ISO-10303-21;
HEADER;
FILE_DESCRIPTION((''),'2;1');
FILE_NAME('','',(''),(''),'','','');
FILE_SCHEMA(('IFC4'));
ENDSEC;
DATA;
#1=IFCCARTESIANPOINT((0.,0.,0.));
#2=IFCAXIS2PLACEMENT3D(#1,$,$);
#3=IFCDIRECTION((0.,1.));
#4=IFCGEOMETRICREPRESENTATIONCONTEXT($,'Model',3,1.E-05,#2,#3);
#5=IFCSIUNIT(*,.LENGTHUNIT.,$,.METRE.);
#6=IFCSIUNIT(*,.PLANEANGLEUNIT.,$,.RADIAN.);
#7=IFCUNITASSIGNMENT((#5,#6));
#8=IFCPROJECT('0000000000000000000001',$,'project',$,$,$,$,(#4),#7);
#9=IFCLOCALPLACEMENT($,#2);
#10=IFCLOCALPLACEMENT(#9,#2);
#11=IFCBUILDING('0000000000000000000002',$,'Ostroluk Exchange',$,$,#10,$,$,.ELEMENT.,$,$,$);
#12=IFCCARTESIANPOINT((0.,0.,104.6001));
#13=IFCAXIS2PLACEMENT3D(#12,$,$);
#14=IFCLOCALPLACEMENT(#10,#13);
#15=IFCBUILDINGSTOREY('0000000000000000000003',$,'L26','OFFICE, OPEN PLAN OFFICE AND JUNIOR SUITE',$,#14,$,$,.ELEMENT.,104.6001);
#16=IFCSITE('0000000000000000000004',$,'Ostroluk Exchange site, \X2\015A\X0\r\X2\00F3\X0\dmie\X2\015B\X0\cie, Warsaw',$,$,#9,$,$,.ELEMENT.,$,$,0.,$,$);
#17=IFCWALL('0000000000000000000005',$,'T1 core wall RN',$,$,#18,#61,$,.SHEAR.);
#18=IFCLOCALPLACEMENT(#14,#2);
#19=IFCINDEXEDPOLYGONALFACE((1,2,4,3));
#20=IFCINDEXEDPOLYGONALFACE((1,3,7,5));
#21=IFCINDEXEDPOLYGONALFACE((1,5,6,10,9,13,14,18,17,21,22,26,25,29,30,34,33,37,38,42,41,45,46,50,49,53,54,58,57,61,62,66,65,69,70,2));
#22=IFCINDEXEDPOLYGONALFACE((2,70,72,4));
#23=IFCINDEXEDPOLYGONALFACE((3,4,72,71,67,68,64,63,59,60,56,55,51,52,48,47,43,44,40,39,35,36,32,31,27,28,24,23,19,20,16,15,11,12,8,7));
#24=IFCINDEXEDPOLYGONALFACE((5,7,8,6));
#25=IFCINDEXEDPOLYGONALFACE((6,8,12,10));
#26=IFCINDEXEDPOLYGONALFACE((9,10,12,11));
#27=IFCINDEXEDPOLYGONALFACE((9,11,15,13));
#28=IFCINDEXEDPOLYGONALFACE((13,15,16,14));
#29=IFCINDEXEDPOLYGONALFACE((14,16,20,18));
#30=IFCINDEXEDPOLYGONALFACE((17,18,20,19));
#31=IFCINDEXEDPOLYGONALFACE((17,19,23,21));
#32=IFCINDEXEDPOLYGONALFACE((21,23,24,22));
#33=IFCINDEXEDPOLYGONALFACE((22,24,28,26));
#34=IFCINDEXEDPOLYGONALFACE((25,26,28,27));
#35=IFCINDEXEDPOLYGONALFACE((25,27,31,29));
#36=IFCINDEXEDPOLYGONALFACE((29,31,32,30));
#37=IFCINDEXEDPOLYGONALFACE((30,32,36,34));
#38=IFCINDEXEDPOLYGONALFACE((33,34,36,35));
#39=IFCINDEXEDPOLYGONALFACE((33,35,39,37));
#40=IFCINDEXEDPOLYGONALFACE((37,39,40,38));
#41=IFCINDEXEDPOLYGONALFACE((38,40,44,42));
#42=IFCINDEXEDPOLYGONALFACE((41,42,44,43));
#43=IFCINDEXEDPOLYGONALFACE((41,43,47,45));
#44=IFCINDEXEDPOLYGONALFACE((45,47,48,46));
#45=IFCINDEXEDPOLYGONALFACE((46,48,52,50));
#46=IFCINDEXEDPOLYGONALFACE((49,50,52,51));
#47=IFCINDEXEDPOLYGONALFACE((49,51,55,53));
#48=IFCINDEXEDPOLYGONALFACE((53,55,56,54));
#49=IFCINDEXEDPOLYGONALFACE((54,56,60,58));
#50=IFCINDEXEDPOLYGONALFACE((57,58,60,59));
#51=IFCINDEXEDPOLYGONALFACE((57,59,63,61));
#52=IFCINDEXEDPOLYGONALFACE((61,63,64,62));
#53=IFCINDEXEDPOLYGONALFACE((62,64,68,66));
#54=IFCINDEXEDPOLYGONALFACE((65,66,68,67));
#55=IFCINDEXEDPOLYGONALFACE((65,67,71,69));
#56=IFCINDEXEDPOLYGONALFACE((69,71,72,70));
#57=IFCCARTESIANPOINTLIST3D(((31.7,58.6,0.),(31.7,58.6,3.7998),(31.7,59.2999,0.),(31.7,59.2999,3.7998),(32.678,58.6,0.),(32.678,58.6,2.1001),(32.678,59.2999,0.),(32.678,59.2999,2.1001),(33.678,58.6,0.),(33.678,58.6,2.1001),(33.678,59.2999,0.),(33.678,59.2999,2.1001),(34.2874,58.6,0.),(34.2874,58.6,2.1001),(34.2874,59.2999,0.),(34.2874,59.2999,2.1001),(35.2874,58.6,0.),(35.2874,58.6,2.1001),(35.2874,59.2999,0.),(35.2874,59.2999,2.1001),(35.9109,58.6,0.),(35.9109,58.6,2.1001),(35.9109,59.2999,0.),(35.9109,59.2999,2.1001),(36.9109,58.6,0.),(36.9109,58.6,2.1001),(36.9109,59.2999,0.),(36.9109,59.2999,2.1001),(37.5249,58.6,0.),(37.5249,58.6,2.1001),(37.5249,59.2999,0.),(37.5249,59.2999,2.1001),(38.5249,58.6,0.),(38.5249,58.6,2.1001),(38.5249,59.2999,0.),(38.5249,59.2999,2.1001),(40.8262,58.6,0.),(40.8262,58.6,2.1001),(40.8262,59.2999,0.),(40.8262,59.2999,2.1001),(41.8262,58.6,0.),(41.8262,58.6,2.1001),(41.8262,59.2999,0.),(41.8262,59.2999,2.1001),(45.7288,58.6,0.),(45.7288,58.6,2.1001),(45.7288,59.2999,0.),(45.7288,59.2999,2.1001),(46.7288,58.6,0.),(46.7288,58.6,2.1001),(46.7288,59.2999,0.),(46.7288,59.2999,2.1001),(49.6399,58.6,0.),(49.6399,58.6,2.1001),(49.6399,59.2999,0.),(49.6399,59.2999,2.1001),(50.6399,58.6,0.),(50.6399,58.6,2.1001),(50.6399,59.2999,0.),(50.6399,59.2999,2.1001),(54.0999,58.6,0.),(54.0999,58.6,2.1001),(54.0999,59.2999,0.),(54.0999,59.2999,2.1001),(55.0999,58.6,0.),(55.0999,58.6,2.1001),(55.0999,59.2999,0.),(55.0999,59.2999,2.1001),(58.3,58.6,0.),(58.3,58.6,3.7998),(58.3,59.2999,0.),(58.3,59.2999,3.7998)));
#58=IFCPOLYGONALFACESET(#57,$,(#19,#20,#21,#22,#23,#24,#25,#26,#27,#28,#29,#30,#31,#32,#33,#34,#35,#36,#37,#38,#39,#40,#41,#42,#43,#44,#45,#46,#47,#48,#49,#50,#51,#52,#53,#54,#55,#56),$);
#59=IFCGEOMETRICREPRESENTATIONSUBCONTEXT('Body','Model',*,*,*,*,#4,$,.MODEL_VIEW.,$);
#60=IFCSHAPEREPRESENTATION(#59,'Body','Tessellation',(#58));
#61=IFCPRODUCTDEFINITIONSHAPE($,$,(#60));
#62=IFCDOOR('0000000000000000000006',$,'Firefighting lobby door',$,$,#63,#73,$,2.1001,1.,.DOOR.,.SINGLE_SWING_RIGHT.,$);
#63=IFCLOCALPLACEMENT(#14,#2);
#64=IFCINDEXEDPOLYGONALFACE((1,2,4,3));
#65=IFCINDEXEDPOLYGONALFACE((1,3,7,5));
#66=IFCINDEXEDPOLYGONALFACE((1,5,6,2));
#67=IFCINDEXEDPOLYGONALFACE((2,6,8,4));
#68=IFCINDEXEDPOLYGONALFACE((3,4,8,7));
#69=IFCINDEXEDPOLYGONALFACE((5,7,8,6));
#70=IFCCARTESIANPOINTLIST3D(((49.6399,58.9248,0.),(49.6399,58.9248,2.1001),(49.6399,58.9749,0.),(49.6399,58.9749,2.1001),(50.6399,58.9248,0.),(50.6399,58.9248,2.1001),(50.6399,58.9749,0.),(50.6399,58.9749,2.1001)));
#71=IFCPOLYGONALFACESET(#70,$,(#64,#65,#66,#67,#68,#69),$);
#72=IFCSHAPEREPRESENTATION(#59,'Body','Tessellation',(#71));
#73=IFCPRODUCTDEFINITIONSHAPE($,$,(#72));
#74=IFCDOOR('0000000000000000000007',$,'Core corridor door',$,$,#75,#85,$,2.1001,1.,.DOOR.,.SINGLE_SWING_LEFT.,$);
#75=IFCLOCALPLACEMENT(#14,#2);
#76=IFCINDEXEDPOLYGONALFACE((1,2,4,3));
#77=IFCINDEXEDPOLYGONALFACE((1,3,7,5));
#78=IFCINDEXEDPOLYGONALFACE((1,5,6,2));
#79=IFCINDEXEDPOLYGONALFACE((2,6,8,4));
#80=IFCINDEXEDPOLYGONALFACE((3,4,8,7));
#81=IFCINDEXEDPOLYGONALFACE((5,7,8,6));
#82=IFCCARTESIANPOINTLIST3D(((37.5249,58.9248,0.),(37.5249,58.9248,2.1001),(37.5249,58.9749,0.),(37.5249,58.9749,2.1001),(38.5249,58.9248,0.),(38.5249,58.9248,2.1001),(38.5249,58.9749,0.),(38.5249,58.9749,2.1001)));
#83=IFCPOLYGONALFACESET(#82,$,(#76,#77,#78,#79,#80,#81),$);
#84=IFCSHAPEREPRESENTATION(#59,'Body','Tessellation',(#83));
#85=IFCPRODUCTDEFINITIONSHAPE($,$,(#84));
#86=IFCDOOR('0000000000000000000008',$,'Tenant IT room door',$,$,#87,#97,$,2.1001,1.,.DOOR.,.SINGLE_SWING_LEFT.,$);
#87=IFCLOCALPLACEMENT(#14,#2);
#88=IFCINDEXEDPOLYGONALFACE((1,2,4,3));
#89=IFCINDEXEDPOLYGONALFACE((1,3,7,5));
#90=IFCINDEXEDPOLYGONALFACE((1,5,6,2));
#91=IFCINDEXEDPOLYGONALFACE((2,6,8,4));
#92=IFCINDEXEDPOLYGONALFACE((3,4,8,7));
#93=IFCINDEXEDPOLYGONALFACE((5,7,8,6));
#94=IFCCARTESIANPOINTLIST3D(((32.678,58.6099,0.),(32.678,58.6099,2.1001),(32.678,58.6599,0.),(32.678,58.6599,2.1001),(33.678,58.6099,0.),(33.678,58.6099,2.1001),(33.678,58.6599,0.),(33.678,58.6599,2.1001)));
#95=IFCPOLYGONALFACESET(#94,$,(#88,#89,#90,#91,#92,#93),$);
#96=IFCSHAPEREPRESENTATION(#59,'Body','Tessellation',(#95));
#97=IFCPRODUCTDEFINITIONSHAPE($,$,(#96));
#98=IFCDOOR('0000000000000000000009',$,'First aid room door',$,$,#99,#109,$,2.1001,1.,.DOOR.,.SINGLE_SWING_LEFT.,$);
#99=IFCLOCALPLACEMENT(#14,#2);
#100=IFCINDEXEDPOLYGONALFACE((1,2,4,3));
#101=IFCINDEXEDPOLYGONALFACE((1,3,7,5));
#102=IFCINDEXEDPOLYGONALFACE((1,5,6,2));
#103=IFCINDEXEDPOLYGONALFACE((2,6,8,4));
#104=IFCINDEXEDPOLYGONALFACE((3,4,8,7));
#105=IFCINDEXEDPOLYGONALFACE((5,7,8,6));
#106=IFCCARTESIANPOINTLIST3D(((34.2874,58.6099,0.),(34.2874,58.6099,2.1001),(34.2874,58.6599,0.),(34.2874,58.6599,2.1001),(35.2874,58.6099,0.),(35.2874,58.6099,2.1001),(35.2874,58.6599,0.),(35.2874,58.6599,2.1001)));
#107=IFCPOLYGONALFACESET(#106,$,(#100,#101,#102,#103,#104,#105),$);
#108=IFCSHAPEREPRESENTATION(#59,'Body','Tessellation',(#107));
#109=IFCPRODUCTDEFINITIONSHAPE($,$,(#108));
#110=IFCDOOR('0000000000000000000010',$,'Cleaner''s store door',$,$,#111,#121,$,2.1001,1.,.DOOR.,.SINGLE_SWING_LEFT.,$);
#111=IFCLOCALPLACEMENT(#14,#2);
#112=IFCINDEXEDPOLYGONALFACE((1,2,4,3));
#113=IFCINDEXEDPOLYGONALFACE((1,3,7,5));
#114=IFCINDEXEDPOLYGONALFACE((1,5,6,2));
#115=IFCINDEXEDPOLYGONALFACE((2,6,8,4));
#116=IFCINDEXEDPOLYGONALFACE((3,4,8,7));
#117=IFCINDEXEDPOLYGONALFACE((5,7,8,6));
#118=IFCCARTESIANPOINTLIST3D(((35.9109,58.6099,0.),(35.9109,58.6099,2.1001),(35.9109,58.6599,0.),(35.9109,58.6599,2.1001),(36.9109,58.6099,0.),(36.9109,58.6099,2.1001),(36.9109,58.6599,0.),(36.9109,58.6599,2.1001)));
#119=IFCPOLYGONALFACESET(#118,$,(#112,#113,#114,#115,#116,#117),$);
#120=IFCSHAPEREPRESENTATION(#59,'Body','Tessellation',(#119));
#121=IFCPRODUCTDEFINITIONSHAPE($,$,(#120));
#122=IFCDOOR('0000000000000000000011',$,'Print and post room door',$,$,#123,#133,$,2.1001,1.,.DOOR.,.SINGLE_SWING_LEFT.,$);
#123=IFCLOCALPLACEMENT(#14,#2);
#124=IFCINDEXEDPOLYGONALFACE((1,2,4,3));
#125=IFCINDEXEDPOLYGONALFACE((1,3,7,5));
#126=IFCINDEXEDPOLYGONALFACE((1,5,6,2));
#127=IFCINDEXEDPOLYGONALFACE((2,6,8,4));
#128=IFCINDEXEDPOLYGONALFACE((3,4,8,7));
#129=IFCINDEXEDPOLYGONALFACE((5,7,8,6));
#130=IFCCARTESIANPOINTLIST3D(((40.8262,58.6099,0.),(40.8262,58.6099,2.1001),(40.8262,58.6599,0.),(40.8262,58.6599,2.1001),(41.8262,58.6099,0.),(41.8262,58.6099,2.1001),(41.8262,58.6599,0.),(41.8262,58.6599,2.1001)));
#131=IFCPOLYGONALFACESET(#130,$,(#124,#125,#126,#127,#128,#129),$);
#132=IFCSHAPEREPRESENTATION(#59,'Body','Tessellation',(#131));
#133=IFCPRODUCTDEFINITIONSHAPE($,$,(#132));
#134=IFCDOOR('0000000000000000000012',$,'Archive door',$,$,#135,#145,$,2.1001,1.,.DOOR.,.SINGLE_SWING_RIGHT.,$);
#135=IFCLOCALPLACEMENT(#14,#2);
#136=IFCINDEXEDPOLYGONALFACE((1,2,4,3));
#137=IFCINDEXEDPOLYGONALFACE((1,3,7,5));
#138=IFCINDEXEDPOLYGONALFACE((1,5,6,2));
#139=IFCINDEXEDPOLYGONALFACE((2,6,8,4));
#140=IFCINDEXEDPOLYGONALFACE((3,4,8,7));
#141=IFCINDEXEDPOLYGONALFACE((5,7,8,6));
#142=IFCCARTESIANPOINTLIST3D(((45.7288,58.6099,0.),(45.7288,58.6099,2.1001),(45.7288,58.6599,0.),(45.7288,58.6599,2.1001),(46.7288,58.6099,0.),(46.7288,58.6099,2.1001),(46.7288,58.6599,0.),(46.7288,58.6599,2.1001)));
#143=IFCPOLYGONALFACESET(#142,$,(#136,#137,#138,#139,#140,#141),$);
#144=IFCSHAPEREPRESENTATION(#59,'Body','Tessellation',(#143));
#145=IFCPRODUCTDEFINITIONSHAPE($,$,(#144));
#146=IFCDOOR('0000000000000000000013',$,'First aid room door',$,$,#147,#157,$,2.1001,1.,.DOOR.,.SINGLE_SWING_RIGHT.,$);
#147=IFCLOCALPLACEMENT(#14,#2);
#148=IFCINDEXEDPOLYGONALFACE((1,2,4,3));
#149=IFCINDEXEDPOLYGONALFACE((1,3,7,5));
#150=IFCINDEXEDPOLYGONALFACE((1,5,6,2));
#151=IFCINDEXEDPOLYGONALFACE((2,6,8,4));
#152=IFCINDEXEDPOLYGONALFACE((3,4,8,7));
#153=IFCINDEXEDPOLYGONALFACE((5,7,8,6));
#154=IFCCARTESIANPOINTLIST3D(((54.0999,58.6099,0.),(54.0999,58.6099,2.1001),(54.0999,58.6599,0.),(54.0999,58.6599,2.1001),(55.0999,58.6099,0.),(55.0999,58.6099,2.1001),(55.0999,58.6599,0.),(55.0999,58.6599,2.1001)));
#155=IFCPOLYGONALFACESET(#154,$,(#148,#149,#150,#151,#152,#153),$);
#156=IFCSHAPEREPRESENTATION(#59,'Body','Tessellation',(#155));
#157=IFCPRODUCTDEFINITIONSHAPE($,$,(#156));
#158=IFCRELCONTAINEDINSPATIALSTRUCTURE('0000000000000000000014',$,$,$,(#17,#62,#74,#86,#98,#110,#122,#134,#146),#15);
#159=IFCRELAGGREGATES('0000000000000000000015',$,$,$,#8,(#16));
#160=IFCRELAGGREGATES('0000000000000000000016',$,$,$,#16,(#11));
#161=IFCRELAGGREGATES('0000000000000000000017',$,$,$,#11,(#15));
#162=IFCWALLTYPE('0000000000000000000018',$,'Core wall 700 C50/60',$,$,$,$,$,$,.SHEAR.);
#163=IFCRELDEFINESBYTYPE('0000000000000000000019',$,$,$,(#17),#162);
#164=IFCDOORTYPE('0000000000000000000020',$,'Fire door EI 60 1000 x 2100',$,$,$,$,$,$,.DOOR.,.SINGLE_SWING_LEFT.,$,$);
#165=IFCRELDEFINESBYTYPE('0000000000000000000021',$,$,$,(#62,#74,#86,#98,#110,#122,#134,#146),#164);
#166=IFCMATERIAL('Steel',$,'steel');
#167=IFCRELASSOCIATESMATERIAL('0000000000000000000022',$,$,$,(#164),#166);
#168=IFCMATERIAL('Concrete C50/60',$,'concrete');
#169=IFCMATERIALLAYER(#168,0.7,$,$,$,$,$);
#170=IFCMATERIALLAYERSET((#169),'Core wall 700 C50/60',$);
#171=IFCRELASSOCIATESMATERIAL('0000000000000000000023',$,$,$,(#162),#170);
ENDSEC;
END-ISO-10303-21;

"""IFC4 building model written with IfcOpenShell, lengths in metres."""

from ifc_helpers import new_model, si_unit, direction, frame, frame_2d, origin, place, context, subcontext, project, spatial, rectangle, extrude, material, layer, layer_set, type_object, element, fill, save


model = new_model("IFC4")

# Units and contexts
model_context = context("Model", 3, precision=1e-05, world=origin(), true_north=direction((0.0, 1.0)))
body_context = subcontext(model_context, "Body", "Model", "MODEL_VIEW")
ifc_project = project(units=[si_unit("LENGTHUNIT", "METRE"), si_unit("PLANEANGLEUNIT", "RADIAN")], contexts=[model_context])

# Site, building, storey
site_placement = place(None, origin())
site = spatial("IfcSite", under=ifc_project, at=site_placement, Name="Ostroluk Exchange site, Śródmieście, Warsaw", CompositionType="ELEMENT", RefElevation=0.0)
building_placement = place(site_placement, origin())
building = spatial("IfcBuilding", under=site, at=building_placement, Name="Ostroluk Exchange", CompositionType="ELEMENT")
storey_placement = place(building_placement, frame((0.0, 0.0, 104.6001)))
storey = spatial("IfcBuildingStorey", under=building, at=storey_placement, Name="L26", Description="OFFICE, OPEN PLAN OFFICE AND JUNIOR SUITE", CompositionType="ELEMENT", Elevation=104.6001)

# Wall, openings, doors
ifc_material_1 = material(Name="Steel", Category="steel")
door_type = type_object("IfcDoorType", Name="Fire door EI 60 1000 x 2100", OperationType="SINGLE_SWING_LEFT", PredefinedType="DOOR", material=ifc_material_1)
ifc_material_2 = material(Name="Concrete C50/60", Category="concrete")
ifc_layer_1 = layer(ifc_material_2, 0.7)
ifc_layer_set_1 = layer_set([ifc_layer_1], Name="Core wall 700 C50/60")
wall_type_1 = type_object("IfcWallType", Name="Core wall 700 C50/60", PredefinedType="SHEAR", material=ifc_layer_set_1)
wall_1_placement = place(storey_placement, frame((31.7, 58.95, 0.0), z_axis=(0.0, 0.0, 1.0), x_axis=(1.0, 0.0, 0.0)))
wall_1 = element("IfcWall", 1, at=wall_1_placement, inside=storey, type_object=wall_type_1, Name="T1 core wall RN", PredefinedType="SHEAR", context=body_context, shape_type="SweptSolid", body=[
    extrude(rectangle(XDim=26.6001, YDim=0.7, at=frame_2d((13.3, 0.0))), origin(), (0.0, 0.0, 1.0), 3.7998),
])
opening_1_placement = place(wall_1_placement, frame((17.9399, 0.0, 0.0)))
opening_1 = element("IfcOpeningElement", 2, at=opening_1_placement, cuts=wall_1, PredefinedType="OPENING", context=body_context, shape_type="SweptSolid", body=[
    extrude(rectangle(XDim=1.0, YDim=2.1001, at=frame_2d((0.5, 1.05))), frame((0.0, 0.3599, 0.0), z_axis=(0.0, -1.0, 0.0), x_axis=(1.0, 0.0, 0.0)), (0.0, 0.0, 1.0), 0.72),
])
opening_2_placement = place(wall_1_placement, frame((5.825, 0.0, 0.0)))
opening_2 = element("IfcOpeningElement", 3, at=opening_2_placement, cuts=wall_1, PredefinedType="OPENING", context=body_context, shape_type="SweptSolid", body=[
    extrude(rectangle(XDim=1.0, YDim=2.1001, at=frame_2d((0.5, 1.05))), frame((0.0, 0.3599, 0.0), z_axis=(0.0, -1.0, 0.0), x_axis=(1.0, 0.0, 0.0)), (0.0, 0.0, 1.0), 0.72),
])
opening_3_placement = place(wall_1_placement, frame((0.978, 0.0, 0.0)))
opening_3 = element("IfcOpeningElement", 4, at=opening_3_placement, cuts=wall_1, PredefinedType="OPENING", context=body_context, shape_type="SweptSolid", body=[
    extrude(rectangle(XDim=1.0, YDim=2.1001, at=frame_2d((0.5, 1.05))), frame((0.0, 0.3599, 0.0), z_axis=(0.0, -1.0, 0.0), x_axis=(1.0, 0.0, 0.0)), (0.0, 0.0, 1.0), 0.72),
])
opening_4_placement = place(wall_1_placement, frame((2.5874, 0.0, 0.0)))
opening_4 = element("IfcOpeningElement", 5, at=opening_4_placement, cuts=wall_1, PredefinedType="OPENING", context=body_context, shape_type="SweptSolid", body=[
    extrude(rectangle(XDim=1.0, YDim=2.1001, at=frame_2d((0.5, 1.05))), frame((0.0, 0.3599, 0.0), z_axis=(0.0, -1.0, 0.0), x_axis=(1.0, 0.0, 0.0)), (0.0, 0.0, 1.0), 0.72),
])
opening_5_placement = place(wall_1_placement, frame((4.2109, 0.0, 0.0)))
opening_5 = element("IfcOpeningElement", 6, at=opening_5_placement, cuts=wall_1, PredefinedType="OPENING", context=body_context, shape_type="SweptSolid", body=[
    extrude(rectangle(XDim=1.0, YDim=2.1001, at=frame_2d((0.5, 1.05))), frame((0.0, 0.3599, 0.0), z_axis=(0.0, -1.0, 0.0), x_axis=(1.0, 0.0, 0.0)), (0.0, 0.0, 1.0), 0.72),
])
opening_6_placement = place(wall_1_placement, frame((9.1262, 0.0, 0.0)))
opening_6 = element("IfcOpeningElement", 7, at=opening_6_placement, cuts=wall_1, PredefinedType="OPENING", context=body_context, shape_type="SweptSolid", body=[
    extrude(rectangle(XDim=1.0, YDim=2.1001, at=frame_2d((0.5, 1.05))), frame((0.0, 0.3599, 0.0), z_axis=(0.0, -1.0, 0.0), x_axis=(1.0, 0.0, 0.0)), (0.0, 0.0, 1.0), 0.72),
])
opening_7_placement = place(wall_1_placement, frame((14.0288, 0.0, 0.0)))
opening_7 = element("IfcOpeningElement", 8, at=opening_7_placement, cuts=wall_1, PredefinedType="OPENING", context=body_context, shape_type="SweptSolid", body=[
    extrude(rectangle(XDim=1.0, YDim=2.1001, at=frame_2d((0.5, 1.05))), frame((0.0, 0.3599, 0.0), z_axis=(0.0, -1.0, 0.0), x_axis=(1.0, 0.0, 0.0)), (0.0, 0.0, 1.0), 0.72),
])
opening_8_placement = place(wall_1_placement, frame((22.3999, 0.0, 0.0)))
opening_8 = element("IfcOpeningElement", 9, at=opening_8_placement, cuts=wall_1, PredefinedType="OPENING", context=body_context, shape_type="SweptSolid", body=[
    extrude(rectangle(XDim=1.0, YDim=2.1001, at=frame_2d((0.5, 1.05))), frame((0.0, 0.3599, 0.0), z_axis=(0.0, -1.0, 0.0), x_axis=(1.0, 0.0, 0.0)), (0.0, 0.0, 1.0), 0.72),
])
door_1_placement = place(opening_1_placement, origin())
door_1 = element("IfcDoor", 10, at=door_1_placement, inside=storey, type_object=door_type, Name="Firefighting lobby door", OperationType="SINGLE_SWING_RIGHT", OverallHeight=2.1001, OverallWidth=1.0, PredefinedType="DOOR", context=body_context, shape_type="SweptSolid", body=[
    extrude(rectangle(XDim=1.0, YDim=2.1001, at=frame_2d((0.5, 1.05))), frame((0.0, 0.0249, 0.0), z_axis=(0.0, -1.0, 0.0), x_axis=(1.0, 0.0, 0.0)), (0.0, 0.0, 1.0), 0.05),
])
fill(opening_1, door_1)
door_2_placement = place(opening_2_placement, origin())
door_2 = element("IfcDoor", 11, at=door_2_placement, inside=storey, type_object=door_type, Name="Core corridor door", OperationType="SINGLE_SWING_LEFT", OverallHeight=2.1001, OverallWidth=1.0, PredefinedType="DOOR", context=body_context, shape_type="SweptSolid", body=[
    extrude(rectangle(XDim=1.0, YDim=2.1001, at=frame_2d((0.5, 1.05))), frame((0.0, 0.0249, 0.0), z_axis=(0.0, -1.0, 0.0), x_axis=(1.0, 0.0, 0.0)), (0.0, 0.0, 1.0), 0.05),
])
fill(opening_2, door_2)
door_3_placement = place(opening_3_placement, origin())
door_3 = element("IfcDoor", 12, at=door_3_placement, inside=storey, type_object=door_type, Name="Tenant IT room door", OperationType="SINGLE_SWING_LEFT", OverallHeight=2.1001, OverallWidth=1.0, PredefinedType="DOOR", context=body_context, shape_type="SweptSolid", body=[
    extrude(rectangle(XDim=1.0, YDim=2.1001, at=frame_2d((0.5, 1.05))), frame((0.0, -0.29, 0.0), z_axis=(0.0, -1.0, 0.0), x_axis=(1.0, 0.0, 0.0)), (0.0, 0.0, 1.0), 0.05),
])
fill(opening_3, door_3)
door_4_placement = place(opening_4_placement, origin())
door_4 = element("IfcDoor", 13, at=door_4_placement, inside=storey, type_object=door_type, Name="First aid room door", OperationType="SINGLE_SWING_LEFT", OverallHeight=2.1001, OverallWidth=1.0, PredefinedType="DOOR", context=body_context, shape_type="SweptSolid", body=[
    extrude(rectangle(XDim=1.0, YDim=2.1001, at=frame_2d((0.5, 1.05))), frame((0.0, -0.29, 0.0), z_axis=(0.0, -1.0, 0.0), x_axis=(1.0, 0.0, 0.0)), (0.0, 0.0, 1.0), 0.05),
])
fill(opening_4, door_4)
door_5_placement = place(opening_5_placement, origin())
door_5 = element("IfcDoor", 14, at=door_5_placement, inside=storey, type_object=door_type, Name="Cleaner's store door", OperationType="SINGLE_SWING_LEFT", OverallHeight=2.1001, OverallWidth=1.0, PredefinedType="DOOR", context=body_context, shape_type="SweptSolid", body=[
    extrude(rectangle(XDim=1.0, YDim=2.1001, at=frame_2d((0.5, 1.05))), frame((0.0, -0.29, 0.0), z_axis=(0.0, -1.0, 0.0), x_axis=(1.0, 0.0, 0.0)), (0.0, 0.0, 1.0), 0.05),
])
fill(opening_5, door_5)
door_6_placement = place(opening_6_placement, origin())
door_6 = element("IfcDoor", 15, at=door_6_placement, inside=storey, type_object=door_type, Name="Print and post room door", OperationType="SINGLE_SWING_LEFT", OverallHeight=2.1001, OverallWidth=1.0, PredefinedType="DOOR", context=body_context, shape_type="SweptSolid", body=[
    extrude(rectangle(XDim=1.0, YDim=2.1001, at=frame_2d((0.5, 1.05))), frame((0.0, -0.29, 0.0), z_axis=(0.0, -1.0, 0.0), x_axis=(1.0, 0.0, 0.0)), (0.0, 0.0, 1.0), 0.05),
])
fill(opening_6, door_6)
door_7_placement = place(opening_7_placement, origin())
door_7 = element("IfcDoor", 16, at=door_7_placement, inside=storey, type_object=door_type, Name="Archive door", OperationType="SINGLE_SWING_RIGHT", OverallHeight=2.1001, OverallWidth=1.0, PredefinedType="DOOR", context=body_context, shape_type="SweptSolid", body=[
    extrude(rectangle(XDim=1.0, YDim=2.1001, at=frame_2d((0.5, 1.05))), frame((0.0, -0.29, 0.0), z_axis=(0.0, -1.0, 0.0), x_axis=(1.0, 0.0, 0.0)), (0.0, 0.0, 1.0), 0.05),
])
fill(opening_7, door_7)
door_8_placement = place(opening_8_placement, origin())
door_8 = element("IfcDoor", 17, at=door_8_placement, inside=storey, type_object=door_type, Name="First aid room door", OperationType="SINGLE_SWING_RIGHT", OverallHeight=2.1001, OverallWidth=1.0, PredefinedType="DOOR", context=body_context, shape_type="SweptSolid", body=[
    extrude(rectangle(XDim=1.0, YDim=2.1001, at=frame_2d((0.5, 1.05))), frame((0.0, -0.29, 0.0), z_axis=(0.0, -1.0, 0.0), x_axis=(1.0, 0.0, 0.0)), (0.0, 0.0, 1.0), 0.05),
])
fill(opening_8, door_8)

save(model, "model.ifc")
